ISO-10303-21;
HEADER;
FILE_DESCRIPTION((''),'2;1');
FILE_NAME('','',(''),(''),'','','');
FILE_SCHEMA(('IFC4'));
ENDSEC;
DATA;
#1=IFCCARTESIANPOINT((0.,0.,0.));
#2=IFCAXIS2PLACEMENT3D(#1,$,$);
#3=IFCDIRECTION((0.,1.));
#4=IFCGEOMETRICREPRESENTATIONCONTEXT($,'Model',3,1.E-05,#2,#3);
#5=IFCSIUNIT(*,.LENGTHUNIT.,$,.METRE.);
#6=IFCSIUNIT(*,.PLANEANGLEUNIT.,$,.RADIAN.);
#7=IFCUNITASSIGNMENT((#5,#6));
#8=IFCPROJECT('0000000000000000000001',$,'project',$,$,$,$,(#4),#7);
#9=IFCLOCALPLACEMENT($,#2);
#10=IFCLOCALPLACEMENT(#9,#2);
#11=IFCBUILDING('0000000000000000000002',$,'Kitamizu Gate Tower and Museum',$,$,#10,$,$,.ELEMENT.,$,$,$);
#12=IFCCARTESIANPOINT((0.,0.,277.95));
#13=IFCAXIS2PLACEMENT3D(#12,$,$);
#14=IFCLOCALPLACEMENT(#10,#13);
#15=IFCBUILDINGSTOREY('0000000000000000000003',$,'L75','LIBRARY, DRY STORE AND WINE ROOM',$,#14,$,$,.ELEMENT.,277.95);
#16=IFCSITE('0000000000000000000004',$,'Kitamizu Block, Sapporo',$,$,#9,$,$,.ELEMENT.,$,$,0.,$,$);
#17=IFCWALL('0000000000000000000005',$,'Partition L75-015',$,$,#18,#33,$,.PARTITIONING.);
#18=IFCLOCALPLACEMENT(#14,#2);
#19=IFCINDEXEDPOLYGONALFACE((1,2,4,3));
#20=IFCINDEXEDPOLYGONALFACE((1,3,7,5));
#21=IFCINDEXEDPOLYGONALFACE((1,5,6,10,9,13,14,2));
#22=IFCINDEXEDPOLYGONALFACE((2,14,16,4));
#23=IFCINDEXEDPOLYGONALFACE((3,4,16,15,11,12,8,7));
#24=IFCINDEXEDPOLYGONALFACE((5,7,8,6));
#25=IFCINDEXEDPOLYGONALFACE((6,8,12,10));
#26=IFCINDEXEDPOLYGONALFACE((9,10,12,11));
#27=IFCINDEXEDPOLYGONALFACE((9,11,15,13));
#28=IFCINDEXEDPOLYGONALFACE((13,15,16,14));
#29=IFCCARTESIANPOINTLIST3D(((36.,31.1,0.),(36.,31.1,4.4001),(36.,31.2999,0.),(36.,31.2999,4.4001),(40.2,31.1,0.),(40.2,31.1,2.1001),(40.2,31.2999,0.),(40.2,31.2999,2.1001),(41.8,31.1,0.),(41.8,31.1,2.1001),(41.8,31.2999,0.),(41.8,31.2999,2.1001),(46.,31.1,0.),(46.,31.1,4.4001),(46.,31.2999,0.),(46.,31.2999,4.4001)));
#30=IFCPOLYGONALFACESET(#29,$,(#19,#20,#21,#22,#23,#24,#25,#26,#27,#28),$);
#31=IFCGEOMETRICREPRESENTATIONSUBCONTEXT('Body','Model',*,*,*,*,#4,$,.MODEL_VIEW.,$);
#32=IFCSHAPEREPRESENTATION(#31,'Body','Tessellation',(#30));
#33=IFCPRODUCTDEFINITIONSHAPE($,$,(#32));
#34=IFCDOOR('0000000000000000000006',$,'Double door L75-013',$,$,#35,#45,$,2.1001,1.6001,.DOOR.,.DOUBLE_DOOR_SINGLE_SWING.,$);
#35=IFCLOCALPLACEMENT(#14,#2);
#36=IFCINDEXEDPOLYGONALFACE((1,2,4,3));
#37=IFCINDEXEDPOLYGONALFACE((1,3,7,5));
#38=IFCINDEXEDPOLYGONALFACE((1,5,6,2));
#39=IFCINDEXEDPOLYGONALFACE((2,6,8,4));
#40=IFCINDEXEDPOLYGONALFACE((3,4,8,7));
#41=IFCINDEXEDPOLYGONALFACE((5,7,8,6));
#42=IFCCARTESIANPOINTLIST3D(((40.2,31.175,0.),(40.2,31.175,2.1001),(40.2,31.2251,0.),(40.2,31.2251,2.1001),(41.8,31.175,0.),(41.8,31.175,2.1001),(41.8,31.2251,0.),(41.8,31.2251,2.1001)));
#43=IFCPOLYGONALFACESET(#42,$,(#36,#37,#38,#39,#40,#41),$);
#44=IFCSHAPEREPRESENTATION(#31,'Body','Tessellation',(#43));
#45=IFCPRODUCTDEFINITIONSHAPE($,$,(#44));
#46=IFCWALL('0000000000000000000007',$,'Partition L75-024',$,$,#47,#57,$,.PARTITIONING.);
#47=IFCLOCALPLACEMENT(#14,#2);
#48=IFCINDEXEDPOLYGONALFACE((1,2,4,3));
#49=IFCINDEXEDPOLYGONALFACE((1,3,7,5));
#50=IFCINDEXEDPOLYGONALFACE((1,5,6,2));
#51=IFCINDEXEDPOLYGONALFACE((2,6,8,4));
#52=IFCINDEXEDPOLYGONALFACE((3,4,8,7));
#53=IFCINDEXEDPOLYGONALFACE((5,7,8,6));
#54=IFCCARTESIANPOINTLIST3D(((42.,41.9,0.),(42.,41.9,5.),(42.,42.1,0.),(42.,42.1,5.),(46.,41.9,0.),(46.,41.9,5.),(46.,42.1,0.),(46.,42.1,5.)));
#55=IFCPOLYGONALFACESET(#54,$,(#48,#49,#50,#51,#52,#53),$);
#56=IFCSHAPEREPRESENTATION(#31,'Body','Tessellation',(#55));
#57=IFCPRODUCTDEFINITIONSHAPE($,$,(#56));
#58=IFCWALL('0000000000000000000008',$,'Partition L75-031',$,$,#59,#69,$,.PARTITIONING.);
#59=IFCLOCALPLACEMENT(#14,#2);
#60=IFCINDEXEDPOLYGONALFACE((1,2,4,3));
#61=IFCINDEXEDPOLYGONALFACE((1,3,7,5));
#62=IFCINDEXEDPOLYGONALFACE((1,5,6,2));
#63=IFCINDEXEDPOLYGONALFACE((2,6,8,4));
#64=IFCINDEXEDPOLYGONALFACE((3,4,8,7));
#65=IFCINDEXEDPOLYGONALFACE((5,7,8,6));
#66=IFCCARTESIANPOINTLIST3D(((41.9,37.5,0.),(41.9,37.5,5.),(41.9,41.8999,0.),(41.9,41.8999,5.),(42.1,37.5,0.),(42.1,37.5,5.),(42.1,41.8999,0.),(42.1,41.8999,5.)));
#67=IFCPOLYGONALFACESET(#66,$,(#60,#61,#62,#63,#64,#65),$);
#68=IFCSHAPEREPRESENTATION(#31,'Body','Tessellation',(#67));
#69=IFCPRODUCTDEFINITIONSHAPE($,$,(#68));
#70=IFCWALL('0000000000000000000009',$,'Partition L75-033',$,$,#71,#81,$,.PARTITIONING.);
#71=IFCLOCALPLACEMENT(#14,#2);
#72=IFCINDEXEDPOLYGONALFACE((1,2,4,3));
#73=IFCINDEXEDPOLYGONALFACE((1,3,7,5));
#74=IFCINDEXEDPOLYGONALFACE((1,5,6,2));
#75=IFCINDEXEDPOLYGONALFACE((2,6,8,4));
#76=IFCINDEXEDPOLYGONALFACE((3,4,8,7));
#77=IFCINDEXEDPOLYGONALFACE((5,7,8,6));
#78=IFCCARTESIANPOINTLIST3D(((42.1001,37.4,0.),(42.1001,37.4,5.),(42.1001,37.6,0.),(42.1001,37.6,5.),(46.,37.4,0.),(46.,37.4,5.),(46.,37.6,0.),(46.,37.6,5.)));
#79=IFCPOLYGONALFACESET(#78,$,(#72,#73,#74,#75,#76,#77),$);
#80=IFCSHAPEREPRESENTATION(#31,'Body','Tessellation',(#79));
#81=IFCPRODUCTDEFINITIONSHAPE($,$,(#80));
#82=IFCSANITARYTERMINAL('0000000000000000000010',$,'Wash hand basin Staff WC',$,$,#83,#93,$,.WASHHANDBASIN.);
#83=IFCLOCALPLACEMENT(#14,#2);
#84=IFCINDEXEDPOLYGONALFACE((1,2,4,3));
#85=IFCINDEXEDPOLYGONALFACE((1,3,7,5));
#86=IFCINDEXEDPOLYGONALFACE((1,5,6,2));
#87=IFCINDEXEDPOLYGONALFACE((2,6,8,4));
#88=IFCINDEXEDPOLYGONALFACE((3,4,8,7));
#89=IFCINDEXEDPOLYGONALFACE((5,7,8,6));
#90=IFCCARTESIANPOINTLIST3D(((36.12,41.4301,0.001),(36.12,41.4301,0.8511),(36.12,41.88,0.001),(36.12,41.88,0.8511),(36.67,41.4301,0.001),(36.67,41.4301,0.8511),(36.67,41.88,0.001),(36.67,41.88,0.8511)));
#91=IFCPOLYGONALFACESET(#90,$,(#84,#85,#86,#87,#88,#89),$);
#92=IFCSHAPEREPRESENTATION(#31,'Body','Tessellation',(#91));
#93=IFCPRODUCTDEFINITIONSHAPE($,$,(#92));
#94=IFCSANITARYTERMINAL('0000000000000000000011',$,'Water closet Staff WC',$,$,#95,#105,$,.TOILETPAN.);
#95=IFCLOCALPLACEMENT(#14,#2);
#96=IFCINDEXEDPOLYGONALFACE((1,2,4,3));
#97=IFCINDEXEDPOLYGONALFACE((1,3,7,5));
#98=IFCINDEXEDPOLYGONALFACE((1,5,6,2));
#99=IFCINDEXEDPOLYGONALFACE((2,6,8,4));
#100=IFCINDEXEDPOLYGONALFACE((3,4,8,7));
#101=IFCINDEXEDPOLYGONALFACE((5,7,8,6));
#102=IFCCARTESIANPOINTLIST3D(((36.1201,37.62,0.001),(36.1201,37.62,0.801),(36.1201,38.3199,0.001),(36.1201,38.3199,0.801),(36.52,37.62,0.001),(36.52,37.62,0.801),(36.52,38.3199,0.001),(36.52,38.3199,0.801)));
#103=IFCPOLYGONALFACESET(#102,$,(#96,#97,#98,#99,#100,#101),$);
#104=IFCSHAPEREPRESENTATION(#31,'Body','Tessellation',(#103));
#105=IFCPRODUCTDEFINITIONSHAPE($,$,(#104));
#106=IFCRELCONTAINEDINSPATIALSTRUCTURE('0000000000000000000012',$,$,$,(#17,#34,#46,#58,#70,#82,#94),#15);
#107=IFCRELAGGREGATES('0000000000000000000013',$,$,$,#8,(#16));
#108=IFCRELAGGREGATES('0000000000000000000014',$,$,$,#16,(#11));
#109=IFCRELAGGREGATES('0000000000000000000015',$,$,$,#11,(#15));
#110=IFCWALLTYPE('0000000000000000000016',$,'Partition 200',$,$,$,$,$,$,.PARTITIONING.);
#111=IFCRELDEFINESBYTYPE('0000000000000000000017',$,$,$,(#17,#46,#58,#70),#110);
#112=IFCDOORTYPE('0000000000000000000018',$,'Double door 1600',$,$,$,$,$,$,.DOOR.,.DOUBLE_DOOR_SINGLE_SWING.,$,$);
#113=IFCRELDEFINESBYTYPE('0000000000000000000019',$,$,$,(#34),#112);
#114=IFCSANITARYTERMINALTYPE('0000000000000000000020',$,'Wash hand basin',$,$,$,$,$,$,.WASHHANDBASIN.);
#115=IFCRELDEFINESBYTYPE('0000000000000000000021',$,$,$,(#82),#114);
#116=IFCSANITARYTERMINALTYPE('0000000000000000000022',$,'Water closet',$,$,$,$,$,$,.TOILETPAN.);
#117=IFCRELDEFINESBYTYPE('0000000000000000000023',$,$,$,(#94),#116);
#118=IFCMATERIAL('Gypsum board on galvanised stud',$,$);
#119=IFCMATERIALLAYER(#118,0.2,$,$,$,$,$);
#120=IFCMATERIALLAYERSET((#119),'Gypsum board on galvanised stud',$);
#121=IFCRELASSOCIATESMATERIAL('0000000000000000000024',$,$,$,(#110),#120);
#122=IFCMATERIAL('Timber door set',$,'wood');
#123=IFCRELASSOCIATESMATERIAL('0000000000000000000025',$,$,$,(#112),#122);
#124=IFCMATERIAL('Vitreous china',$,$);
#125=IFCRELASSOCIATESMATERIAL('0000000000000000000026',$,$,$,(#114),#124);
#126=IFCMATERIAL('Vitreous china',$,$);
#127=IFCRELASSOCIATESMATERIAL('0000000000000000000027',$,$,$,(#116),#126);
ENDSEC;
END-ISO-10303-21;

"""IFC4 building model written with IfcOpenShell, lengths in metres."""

from ifc_helpers import new_model, si_unit, direction, frame, frame_2d, origin, origin_2d, place, context, subcontext, project, spatial, rectangle, extrude, material, layer, layer_set, type_object, element, fill, save


model = new_model("IFC4")

# Units and contexts
model_context = context("Model", 3, precision=1e-05, world=origin(), true_north=direction((0.0, 1.0)))
body_context = subcontext(model_context, "Body", "Model", "MODEL_VIEW")
ifc_project = project(units=[si_unit("LENGTHUNIT", "METRE"), si_unit("PLANEANGLEUNIT", "RADIAN")], contexts=[model_context])

# Site, building, storey
site_placement = place(None, origin())
site = spatial("IfcSite", under=ifc_project, at=site_placement, Name="Kitamizu Block, Sapporo", CompositionType="ELEMENT", RefElevation=0.0)
building_placement = place(site_placement, origin())
building = spatial("IfcBuilding", under=site, at=building_placement, Name="Kitamizu Gate Tower and Museum", CompositionType="ELEMENT")
storey_placement = place(building_placement, frame((0.0, 0.0, 277.95)))
storey = spatial("IfcBuildingStorey", under=building, at=storey_placement, Name="L75", Description="LIBRARY, DRY STORE AND WINE ROOM", CompositionType="ELEMENT", Elevation=277.95)

# Shared definitions
ifc_material_1 = material(Name="Gypsum board on galvanised stud")
ifc_layer_1 = layer(ifc_material_1, 0.2)
ifc_layer_set_1 = layer_set([ifc_layer_1], Name="Gypsum board on galvanised stud")
wall_type_1 = type_object("IfcWallType", Name="Partition 200", PredefinedType="PARTITIONING", material=ifc_layer_set_1)

# Wall, opening, door
wall_1_placement = place(storey_placement, frame((46.0, 31.2, 0.0), z_axis=(0.0, 0.0, 1.0), x_axis=(-1.0, 0.0, 0.0)))
wall_1 = element("IfcWall", 1, at=wall_1_placement, inside=storey, type_object=wall_type_1, Name="Partition L75-015", PredefinedType="PARTITIONING", context=body_context, shape_type="SweptSolid", body=[
    extrude(rectangle(XDim=10.0, YDim=0.2, at=frame_2d((5.0, 0.0))), origin(), (0.0, 0.0, 1.0), 4.4001),
])
opening_1_placement = place(wall_1_placement, frame((4.2, 0.0, 0.0)))
opening_1 = element("IfcOpeningElement", 2, at=opening_1_placement, cuts=wall_1, PredefinedType="OPENING", context=body_context, shape_type="SweptSolid", body=[
    extrude(rectangle(XDim=1.6001, YDim=2.1001, at=frame_2d((0.8, 1.05))), frame((0.0, 0.1099, 0.0), z_axis=(0.0, -1.0, 0.0), x_axis=(1.0, 0.0, 0.0)), (0.0, 0.0, 1.0), 0.22),
])
ifc_material_2 = material(Name="Timber door set", Category="wood")
door_type_1 = type_object("IfcDoorType", Name="Double door 1600", OperationType="DOUBLE_DOOR_SINGLE_SWING", PredefinedType="DOOR", material=ifc_material_2)
door_1_placement = place(opening_1_placement, origin())
door_1 = element("IfcDoor", 3, at=door_1_placement, inside=storey, type_object=door_type_1, Name="Double door L75-013", OperationType="DOUBLE_DOOR_SINGLE_SWING", OverallHeight=2.1001, OverallWidth=1.6001, PredefinedType="DOOR", context=body_context, shape_type="SweptSolid", body=[
    extrude(rectangle(XDim=1.6001, YDim=2.1001, at=frame_2d((0.8, 1.05))), frame((0.0, 0.0249, 0.0), z_axis=(0.0, -1.0, 0.0), x_axis=(1.0, 0.0, 0.0)), (0.0, 0.0, 1.0), 0.05),
])
fill(opening_1, door_1)

# Walls
wall_2_placement = place(storey_placement, frame((42.0, 42.0, 0.0), z_axis=(0.0, 0.0, 1.0), x_axis=(1.0, 0.0, 0.0)))
element("IfcWall", 4, at=wall_2_placement, inside=storey, type_object=wall_type_1, Name="Partition L75-024", PredefinedType="PARTITIONING", context=body_context, shape_type="SweptSolid", body=[
    extrude(rectangle(XDim=4.0, YDim=0.2, at=frame_2d((2.0, 0.0))), origin(), (0.0, 0.0, 1.0), 5.0),
])
wall_3_placement = place(storey_placement, frame((42.0, 37.5, 0.0), z_axis=(0.0, 0.0, 1.0), x_axis=(0.0, 1.0, 0.0)))
element("IfcWall", 5, at=wall_3_placement, inside=storey, type_object=wall_type_1, Name="Partition L75-031", PredefinedType="PARTITIONING", context=body_context, shape_type="SweptSolid", body=[
    extrude(rectangle(XDim=4.3999, YDim=0.2, at=frame_2d((2.2, 0.0))), origin(), (0.0, 0.0, 1.0), 5.0),
])
wall_4_placement = place(storey_placement, frame((42.1001, 37.5, 0.0), z_axis=(0.0, 0.0, 1.0), x_axis=(1.0, 0.0, 0.0)))
element("IfcWall", 6, at=wall_4_placement, inside=storey, type_object=wall_type_1, Name="Partition L75-033", PredefinedType="PARTITIONING", context=body_context, shape_type="SweptSolid", body=[
    extrude(rectangle(XDim=3.8999, YDim=0.2, at=frame_2d((1.95, 0.0))), origin(), (0.0, 0.0, 1.0), 5.0),
])

# Sanitary terminals
ifc_material_3 = material(Name="Vitreous china")
sanitary_terminal_type_1 = type_object("IfcSanitaryTerminalType", Name="Wash hand basin", PredefinedType="WASHHANDBASIN", material=ifc_material_3)
sanitary_terminal_1_placement = place(storey_placement, frame((36.395, 41.655, 0.001), z_axis=(0.0, 0.0, 1.0), x_axis=(1.0, 0.0, 0.0)))
element("IfcSanitaryTerminal", 7, at=sanitary_terminal_1_placement, inside=storey, type_object=sanitary_terminal_type_1, Name="Wash hand basin Staff WC", PredefinedType="WASHHANDBASIN", context=body_context, shape_type="SweptSolid", body=[
    extrude(rectangle(XDim=0.55, YDim=0.45, at=origin_2d()), origin(), (0.0, 0.0, 1.0), 0.8501),
])
ifc_material_4 = material(Name="Vitreous china")
sanitary_terminal_type_2 = type_object("IfcSanitaryTerminalType", Name="Water closet", PredefinedType="TOILETPAN", material=ifc_material_4)
sanitary_terminal_2_placement = place(storey_placement, frame((36.3201, 37.97, 0.001), z_axis=(0.0, 0.0, 1.0), x_axis=(1.0, 0.0, 0.0)))
element("IfcSanitaryTerminal", 8, at=sanitary_terminal_2_placement, inside=storey, type_object=sanitary_terminal_type_2, Name="Water closet Staff WC", PredefinedType="TOILETPAN", context=body_context, shape_type="SweptSolid", body=[
    extrude(rectangle(XDim=0.3999, YDim=0.7, at=origin_2d()), origin(), (0.0, 0.0, 1.0), 0.8),
])

save(model, "model.ifc")
